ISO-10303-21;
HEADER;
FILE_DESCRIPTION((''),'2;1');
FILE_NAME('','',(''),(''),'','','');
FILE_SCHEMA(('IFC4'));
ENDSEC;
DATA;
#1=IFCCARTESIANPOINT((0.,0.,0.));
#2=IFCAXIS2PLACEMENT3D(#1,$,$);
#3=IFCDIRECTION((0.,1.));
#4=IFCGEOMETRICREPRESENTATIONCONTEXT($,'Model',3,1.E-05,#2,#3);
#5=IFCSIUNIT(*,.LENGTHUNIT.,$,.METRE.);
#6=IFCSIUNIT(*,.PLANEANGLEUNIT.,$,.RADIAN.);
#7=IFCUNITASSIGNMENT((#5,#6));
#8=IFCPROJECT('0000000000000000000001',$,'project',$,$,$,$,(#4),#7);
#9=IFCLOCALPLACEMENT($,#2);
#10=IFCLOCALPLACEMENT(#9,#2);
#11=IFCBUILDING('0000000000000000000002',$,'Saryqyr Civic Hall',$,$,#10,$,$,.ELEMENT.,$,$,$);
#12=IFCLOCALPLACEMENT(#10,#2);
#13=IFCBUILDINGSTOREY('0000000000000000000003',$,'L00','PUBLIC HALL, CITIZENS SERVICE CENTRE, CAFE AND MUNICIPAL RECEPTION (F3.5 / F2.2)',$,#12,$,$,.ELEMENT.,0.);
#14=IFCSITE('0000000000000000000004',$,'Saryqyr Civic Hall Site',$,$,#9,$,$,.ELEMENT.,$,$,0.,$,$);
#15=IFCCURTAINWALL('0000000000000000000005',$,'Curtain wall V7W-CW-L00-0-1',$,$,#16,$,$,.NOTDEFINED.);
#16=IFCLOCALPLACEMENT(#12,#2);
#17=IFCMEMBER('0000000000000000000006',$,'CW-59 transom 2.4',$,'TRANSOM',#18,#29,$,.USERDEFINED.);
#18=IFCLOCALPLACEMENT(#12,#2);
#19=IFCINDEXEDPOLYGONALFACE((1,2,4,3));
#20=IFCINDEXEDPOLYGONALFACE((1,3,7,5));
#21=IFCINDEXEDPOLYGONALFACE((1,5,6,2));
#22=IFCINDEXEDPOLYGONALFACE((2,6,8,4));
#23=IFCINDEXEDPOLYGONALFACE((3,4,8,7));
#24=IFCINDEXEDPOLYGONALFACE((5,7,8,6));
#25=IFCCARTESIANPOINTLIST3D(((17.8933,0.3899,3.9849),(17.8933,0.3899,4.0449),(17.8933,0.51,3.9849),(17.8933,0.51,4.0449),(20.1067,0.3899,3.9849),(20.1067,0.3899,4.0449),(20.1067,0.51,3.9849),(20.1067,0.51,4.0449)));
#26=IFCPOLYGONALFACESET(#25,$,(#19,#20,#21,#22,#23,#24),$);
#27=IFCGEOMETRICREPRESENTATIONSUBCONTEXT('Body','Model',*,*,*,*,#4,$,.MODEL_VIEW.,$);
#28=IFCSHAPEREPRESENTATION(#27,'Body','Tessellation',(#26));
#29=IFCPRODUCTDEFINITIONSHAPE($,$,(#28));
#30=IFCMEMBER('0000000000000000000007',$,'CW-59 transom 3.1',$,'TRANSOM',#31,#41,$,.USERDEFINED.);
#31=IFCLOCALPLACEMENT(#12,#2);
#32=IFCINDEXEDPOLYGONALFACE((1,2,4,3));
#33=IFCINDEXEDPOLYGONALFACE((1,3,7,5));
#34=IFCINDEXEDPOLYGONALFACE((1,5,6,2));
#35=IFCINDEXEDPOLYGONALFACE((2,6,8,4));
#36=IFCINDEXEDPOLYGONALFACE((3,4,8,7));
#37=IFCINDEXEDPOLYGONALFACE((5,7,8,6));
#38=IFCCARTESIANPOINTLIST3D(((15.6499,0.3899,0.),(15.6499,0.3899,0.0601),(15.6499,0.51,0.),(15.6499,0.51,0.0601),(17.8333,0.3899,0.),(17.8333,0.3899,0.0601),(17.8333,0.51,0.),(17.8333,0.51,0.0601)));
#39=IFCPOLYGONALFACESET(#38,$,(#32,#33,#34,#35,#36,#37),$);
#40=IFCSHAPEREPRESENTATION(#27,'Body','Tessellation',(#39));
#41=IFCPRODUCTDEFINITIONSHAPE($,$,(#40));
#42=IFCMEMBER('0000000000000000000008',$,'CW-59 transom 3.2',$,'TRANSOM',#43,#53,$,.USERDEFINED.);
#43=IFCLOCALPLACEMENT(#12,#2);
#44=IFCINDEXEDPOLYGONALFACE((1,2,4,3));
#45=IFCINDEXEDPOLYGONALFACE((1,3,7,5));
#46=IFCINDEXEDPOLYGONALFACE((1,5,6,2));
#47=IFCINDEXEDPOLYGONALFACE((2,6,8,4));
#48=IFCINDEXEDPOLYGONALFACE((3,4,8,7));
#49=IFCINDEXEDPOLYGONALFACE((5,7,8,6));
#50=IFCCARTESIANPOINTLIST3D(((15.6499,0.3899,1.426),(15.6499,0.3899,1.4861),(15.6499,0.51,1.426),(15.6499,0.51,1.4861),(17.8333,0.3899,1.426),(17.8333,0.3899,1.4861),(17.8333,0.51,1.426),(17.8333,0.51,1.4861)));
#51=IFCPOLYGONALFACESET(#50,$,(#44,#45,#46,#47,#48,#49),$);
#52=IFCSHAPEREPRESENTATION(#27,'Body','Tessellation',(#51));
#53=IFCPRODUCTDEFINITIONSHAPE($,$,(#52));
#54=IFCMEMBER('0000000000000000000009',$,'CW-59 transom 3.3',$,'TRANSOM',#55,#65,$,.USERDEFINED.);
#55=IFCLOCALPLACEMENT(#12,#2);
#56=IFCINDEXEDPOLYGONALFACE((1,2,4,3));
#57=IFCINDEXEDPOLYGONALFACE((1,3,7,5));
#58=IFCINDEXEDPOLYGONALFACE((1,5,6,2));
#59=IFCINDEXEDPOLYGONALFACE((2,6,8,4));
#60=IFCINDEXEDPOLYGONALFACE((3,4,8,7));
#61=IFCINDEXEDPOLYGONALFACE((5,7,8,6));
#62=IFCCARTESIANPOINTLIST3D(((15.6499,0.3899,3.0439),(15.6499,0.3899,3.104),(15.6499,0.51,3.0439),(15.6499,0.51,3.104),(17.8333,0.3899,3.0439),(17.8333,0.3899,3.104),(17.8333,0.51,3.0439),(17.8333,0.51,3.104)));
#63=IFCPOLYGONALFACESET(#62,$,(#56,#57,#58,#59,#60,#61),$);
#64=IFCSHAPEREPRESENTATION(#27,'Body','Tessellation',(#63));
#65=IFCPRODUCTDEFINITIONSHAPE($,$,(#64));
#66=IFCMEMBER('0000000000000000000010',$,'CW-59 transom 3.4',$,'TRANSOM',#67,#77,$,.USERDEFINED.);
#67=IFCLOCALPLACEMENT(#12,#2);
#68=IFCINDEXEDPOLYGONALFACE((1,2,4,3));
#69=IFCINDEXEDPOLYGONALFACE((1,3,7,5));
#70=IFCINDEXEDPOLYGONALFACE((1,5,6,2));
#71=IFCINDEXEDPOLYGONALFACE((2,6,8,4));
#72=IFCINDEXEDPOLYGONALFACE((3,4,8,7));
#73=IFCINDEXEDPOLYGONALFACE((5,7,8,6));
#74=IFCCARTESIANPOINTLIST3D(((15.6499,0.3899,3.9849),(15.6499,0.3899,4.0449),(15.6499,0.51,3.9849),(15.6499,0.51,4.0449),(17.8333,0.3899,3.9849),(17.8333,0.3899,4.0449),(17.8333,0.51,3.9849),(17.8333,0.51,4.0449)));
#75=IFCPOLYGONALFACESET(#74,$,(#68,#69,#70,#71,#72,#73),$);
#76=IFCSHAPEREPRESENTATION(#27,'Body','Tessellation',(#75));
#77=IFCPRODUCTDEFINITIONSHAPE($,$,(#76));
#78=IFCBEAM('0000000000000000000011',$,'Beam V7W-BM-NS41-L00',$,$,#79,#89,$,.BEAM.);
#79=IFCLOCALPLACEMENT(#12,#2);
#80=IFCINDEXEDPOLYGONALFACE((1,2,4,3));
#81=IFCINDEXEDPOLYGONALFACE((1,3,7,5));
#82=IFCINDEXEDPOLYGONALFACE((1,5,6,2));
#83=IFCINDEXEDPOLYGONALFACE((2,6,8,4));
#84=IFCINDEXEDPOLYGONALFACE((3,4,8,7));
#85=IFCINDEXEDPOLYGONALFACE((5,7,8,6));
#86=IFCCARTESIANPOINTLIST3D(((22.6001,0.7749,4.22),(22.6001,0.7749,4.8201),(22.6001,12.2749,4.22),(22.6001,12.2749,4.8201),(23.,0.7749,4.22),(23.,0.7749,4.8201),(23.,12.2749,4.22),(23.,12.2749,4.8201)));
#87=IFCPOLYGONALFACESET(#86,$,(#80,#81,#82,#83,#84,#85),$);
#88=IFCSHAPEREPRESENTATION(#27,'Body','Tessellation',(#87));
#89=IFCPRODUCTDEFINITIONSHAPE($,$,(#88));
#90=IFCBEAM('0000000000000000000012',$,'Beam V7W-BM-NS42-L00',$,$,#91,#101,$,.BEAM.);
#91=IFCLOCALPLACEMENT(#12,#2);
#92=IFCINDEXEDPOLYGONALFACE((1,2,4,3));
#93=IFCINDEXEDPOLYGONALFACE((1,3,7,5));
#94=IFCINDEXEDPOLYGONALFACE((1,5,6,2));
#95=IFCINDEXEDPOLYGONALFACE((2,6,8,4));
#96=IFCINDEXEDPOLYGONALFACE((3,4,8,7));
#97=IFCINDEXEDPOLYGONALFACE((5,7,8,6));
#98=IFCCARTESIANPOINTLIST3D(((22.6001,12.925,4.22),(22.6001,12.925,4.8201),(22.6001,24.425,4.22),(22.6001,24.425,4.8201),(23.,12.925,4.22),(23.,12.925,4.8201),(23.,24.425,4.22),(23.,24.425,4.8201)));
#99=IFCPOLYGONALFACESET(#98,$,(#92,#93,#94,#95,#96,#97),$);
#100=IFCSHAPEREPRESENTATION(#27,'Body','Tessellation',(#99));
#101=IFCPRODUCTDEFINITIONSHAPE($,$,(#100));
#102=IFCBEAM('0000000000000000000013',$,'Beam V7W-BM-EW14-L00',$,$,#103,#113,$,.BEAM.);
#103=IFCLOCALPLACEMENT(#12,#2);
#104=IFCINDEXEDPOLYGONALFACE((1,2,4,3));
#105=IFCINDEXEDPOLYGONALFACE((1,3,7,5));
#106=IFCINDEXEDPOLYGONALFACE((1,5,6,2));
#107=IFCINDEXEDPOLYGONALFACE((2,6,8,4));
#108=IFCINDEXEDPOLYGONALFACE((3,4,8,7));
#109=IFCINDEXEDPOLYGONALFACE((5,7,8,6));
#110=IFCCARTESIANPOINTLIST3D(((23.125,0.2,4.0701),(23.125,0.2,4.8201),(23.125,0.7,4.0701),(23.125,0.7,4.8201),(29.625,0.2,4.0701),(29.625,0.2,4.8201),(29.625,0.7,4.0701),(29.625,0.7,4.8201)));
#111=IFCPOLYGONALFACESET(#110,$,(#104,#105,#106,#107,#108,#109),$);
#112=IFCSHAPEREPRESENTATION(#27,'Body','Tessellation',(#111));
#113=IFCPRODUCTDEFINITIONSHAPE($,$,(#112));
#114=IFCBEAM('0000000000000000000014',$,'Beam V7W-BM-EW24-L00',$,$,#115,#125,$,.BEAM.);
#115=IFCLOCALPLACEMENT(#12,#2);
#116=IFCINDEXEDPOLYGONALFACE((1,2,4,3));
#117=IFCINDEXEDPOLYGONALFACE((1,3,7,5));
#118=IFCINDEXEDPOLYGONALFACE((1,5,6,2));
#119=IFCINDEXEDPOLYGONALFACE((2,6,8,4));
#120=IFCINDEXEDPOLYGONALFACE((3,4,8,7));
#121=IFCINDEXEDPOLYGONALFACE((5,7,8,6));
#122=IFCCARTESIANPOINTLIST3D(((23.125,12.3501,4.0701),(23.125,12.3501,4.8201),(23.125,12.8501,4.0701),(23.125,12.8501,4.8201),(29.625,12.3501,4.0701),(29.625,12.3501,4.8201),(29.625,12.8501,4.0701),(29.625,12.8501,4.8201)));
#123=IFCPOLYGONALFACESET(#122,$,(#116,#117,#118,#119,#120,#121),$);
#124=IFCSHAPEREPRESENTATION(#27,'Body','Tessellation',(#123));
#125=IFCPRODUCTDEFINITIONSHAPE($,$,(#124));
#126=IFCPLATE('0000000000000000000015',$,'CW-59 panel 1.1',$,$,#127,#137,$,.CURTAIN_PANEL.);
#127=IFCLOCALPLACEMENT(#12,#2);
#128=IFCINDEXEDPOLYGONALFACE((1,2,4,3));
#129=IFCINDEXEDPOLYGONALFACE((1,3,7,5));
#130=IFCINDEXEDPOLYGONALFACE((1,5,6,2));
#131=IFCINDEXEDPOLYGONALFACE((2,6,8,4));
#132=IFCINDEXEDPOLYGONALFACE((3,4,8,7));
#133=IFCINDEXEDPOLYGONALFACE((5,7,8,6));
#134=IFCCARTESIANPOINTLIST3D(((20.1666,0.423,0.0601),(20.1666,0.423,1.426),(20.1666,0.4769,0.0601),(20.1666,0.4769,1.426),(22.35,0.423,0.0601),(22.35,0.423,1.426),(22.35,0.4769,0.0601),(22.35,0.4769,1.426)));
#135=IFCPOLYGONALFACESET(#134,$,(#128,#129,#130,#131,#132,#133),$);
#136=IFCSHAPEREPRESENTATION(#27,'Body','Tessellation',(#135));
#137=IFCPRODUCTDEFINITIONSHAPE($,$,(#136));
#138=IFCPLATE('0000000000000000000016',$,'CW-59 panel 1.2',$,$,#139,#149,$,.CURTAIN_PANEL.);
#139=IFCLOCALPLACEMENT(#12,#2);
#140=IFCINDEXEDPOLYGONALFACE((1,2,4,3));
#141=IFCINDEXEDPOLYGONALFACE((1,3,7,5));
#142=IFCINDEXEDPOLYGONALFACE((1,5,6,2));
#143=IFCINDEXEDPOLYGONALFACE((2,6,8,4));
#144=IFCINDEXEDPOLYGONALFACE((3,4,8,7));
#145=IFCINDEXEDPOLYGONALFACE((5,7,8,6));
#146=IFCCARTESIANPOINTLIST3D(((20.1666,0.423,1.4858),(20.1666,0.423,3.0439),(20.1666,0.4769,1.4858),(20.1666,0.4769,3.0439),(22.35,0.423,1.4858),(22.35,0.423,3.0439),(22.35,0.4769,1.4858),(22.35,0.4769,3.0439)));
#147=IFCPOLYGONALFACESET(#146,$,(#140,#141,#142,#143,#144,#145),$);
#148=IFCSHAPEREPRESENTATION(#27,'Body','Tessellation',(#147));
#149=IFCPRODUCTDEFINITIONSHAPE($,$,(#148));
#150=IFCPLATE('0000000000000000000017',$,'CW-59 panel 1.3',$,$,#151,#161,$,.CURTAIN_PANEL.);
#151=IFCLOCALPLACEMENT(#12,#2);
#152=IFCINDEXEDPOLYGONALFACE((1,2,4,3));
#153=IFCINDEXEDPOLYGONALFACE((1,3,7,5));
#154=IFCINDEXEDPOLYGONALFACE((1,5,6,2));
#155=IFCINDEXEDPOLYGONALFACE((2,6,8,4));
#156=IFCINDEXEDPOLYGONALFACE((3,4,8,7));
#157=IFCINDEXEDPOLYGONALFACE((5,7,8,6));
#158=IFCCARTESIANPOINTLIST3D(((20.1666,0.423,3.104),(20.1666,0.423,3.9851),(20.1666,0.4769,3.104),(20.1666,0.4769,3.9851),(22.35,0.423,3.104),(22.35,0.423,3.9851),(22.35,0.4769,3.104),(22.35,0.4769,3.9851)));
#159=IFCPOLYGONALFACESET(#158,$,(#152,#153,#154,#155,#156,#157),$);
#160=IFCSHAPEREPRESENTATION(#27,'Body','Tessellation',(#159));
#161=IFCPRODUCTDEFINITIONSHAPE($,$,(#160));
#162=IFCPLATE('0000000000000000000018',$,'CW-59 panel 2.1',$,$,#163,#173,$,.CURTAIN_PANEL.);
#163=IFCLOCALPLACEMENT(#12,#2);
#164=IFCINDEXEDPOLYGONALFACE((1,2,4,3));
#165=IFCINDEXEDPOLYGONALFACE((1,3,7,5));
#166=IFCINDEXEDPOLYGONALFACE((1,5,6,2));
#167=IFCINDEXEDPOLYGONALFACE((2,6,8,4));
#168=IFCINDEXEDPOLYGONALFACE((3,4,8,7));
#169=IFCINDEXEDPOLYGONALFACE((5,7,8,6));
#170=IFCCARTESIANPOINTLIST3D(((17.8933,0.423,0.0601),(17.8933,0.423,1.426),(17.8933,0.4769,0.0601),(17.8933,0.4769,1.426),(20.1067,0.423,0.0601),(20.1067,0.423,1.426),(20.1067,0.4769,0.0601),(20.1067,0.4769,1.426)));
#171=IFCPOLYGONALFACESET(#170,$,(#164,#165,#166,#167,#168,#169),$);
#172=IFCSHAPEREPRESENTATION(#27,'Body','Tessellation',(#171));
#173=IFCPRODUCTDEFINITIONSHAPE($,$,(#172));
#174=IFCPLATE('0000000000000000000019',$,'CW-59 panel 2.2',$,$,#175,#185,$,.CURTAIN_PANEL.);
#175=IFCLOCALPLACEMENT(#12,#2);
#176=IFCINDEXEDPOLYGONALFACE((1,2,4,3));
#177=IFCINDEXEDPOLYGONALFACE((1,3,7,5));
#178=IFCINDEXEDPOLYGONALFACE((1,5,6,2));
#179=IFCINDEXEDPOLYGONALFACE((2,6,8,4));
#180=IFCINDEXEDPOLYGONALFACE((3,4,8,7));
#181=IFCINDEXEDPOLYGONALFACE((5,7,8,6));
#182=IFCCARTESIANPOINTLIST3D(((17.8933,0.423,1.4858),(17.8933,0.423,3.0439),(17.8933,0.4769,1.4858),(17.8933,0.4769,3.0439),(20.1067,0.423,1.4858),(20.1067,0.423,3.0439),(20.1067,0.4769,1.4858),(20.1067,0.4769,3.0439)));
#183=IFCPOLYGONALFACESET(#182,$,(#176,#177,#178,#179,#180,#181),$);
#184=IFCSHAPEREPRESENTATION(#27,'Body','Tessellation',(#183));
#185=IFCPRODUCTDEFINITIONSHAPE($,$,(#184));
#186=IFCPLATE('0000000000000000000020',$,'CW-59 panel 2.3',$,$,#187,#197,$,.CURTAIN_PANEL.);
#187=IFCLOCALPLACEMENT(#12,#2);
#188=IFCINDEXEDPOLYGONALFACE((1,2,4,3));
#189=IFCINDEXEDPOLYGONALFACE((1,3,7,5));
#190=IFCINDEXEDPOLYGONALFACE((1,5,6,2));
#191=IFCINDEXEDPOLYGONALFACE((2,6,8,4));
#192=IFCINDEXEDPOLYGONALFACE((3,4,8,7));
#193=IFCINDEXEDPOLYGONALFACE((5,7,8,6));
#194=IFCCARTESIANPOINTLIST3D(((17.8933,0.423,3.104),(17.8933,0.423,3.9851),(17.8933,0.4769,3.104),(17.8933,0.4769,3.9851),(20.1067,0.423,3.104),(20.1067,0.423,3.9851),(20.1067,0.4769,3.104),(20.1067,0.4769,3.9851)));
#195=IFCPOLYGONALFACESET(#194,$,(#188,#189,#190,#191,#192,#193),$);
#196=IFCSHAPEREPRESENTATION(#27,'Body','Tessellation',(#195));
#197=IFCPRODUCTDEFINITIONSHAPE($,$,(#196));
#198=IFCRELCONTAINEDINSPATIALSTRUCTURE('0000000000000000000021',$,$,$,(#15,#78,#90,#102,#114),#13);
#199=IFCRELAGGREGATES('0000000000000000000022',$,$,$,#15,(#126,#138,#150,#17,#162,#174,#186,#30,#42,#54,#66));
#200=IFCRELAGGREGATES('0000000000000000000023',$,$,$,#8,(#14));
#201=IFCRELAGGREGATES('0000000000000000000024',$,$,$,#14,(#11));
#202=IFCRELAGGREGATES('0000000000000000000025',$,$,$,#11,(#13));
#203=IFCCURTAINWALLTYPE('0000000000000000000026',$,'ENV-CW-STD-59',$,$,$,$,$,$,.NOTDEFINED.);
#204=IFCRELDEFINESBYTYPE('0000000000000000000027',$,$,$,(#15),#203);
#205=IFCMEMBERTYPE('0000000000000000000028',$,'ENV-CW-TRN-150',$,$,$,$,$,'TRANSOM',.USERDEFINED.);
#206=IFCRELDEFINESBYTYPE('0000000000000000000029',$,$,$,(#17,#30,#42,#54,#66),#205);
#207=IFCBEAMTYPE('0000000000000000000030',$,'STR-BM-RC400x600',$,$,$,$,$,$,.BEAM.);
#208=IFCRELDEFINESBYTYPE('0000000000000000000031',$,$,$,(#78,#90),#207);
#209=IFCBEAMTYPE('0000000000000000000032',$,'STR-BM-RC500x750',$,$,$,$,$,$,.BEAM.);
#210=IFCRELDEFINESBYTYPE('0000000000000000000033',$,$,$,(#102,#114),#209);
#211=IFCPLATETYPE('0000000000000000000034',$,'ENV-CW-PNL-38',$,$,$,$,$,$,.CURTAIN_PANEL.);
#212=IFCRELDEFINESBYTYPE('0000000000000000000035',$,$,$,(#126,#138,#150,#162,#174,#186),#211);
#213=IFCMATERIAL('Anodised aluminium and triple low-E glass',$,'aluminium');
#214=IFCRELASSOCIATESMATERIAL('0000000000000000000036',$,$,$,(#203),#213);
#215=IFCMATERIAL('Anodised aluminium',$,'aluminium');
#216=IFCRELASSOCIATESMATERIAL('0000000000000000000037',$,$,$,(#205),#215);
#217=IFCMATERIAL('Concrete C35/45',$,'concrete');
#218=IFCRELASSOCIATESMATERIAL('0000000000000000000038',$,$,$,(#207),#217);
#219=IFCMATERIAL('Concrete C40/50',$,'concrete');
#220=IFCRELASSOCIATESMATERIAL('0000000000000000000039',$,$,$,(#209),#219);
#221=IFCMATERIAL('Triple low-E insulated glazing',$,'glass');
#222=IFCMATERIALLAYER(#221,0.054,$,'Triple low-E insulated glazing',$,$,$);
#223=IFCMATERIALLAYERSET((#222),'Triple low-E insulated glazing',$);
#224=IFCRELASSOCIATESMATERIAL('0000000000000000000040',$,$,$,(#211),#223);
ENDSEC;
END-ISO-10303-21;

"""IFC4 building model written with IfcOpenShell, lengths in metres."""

from ifc_helpers import new_model, si_unit, direction, frame, origin, origin_2d, place, context, subcontext, project, spatial, rectangle, extrude, material, layer, layer_set, material_profile, profile_set, type_object, element, aggregate, save


model = new_model("IFC4")

# Units and contexts
model_context = context("Model", 3, precision=1e-05, world=origin(), true_north=direction((0.0, 1.0)))
body_context = subcontext(model_context, "Body", "Model", "MODEL_VIEW")
ifc_project = project(units=[si_unit("LENGTHUNIT", "METRE"), si_unit("PLANEANGLEUNIT", "RADIAN")], contexts=[model_context])

# Site, building, storey
site_placement = place(None, origin())
site = spatial("IfcSite", under=ifc_project, at=site_placement, Name="Saryqyr Civic Hall Site", CompositionType="ELEMENT", RefElevation=0.0)
building_placement = place(site_placement, origin())
building = spatial("IfcBuilding", under=site, at=building_placement, Name="Saryqyr Civic Hall", CompositionType="ELEMENT")
storey_placement = place(building_placement, origin())
storey = spatial("IfcBuildingStorey", under=building, at=storey_placement, Name="L00", Description="PUBLIC HALL, CITIZENS SERVICE CENTRE, CAFE AND MUNICIPAL RECEPTION (F3.5 / F2.2)", CompositionType="ELEMENT", Elevation=0.0)

# Shared definitions
ifc_material_1 = material(Name="Concrete C40/50", Category="concrete")

# Curtain wall, members
ifc_material_2 = material(Name="Anodised aluminium and triple low-E glass", Category="aluminium")
curtain_wall_type = type_object("IfcCurtainWallType", Name="ENV-CW-STD-59", PredefinedType="NOTDEFINED", material=ifc_material_2)
curtain_wall_placement = place(storey_placement, origin())
curtain_wall = element("IfcCurtainWall", 1, at=curtain_wall_placement, inside=storey, type_object=curtain_wall_type, Name="Curtain wall V7W-CW-L00-0-1", PredefinedType="NOTDEFINED")
ifc_material_3 = material(Name="Anodised aluminium", Category="aluminium")
ifc_material_profile_1 = material_profile(ifc_material_3, rectangle(XDim=0.1201, YDim=0.0601, at=origin_2d()), Name="ALU TRANSOM 120x60")
ifc_profile_set_1 = profile_set([ifc_material_profile_1], Name="Anodised aluminium")
member_type_1 = type_object("IfcMemberType", Name="ENV-CW-TRN-150", ElementType="TRANSOM", PredefinedType="USERDEFINED", material=ifc_profile_set_1)
member_1_placement = place(storey_placement, frame((20.1067, 0.45, 4.0149), z_axis=(-1.0, 0.0, 0.0), x_axis=(0.0, -1.0, 0.0)))
member_1 = element("IfcMember", 2, at=member_1_placement, type_object=member_type_1, Name="CW-59 transom 2.4", ObjectType="TRANSOM", PredefinedType="USERDEFINED", context=body_context, shape_type="SweptSolid", body=[
    extrude(rectangle(XDim=0.1201, YDim=0.0601, at=origin_2d()), origin(), (0.0, 0.0, 1.0), 2.2134),
])
member_2_placement = place(storey_placement, frame((17.8333, 0.45, 0.03), z_axis=(-1.0, 0.0, 0.0), x_axis=(0.0, -1.0, 0.0)))
member_2 = element("IfcMember", 3, at=member_2_placement, type_object=member_type_1, Name="CW-59 transom 3.1", ObjectType="TRANSOM", PredefinedType="USERDEFINED", context=body_context, shape_type="SweptSolid", body=[
    extrude(rectangle(XDim=0.1201, YDim=0.0601, at=origin_2d()), origin(), (0.0, 0.0, 1.0), 2.1833),
])
member_3_placement = place(storey_placement, frame((17.8333, 0.45, 1.4561), z_axis=(-1.0, 0.0, 0.0), x_axis=(0.0, -1.0, 0.0)))
member_3 = element("IfcMember", 4, at=member_3_placement, type_object=member_type_1, Name="CW-59 transom 3.2", ObjectType="TRANSOM", PredefinedType="USERDEFINED", context=body_context, shape_type="SweptSolid", body=[
    extrude(rectangle(XDim=0.1201, YDim=0.0601, at=origin_2d()), origin(), (0.0, 0.0, 1.0), 2.1833),
])
member_4_placement = place(storey_placement, frame((17.8333, 0.45, 3.074), z_axis=(-1.0, 0.0, 0.0), x_axis=(0.0, -1.0, 0.0)))
member_4 = element("IfcMember", 5, at=member_4_placement, type_object=member_type_1, Name="CW-59 transom 3.3", ObjectType="TRANSOM", PredefinedType="USERDEFINED", context=body_context, shape_type="SweptSolid", body=[
    extrude(rectangle(XDim=0.1201, YDim=0.0601, at=origin_2d()), origin(), (0.0, 0.0, 1.0), 2.1833),
])
member_5_placement = place(storey_placement, frame((17.8333, 0.45, 4.0149), z_axis=(-1.0, 0.0, 0.0), x_axis=(0.0, -1.0, 0.0)))
member_5 = element("IfcMember", 6, at=member_5_placement, type_object=member_type_1, Name="CW-59 transom 3.4", ObjectType="TRANSOM", PredefinedType="USERDEFINED", context=body_context, shape_type="SweptSolid", body=[
    extrude(rectangle(XDim=0.1201, YDim=0.0601, at=origin_2d()), origin(), (0.0, 0.0, 1.0), 2.1833),
])

# Beams
ifc_material_4 = material(Name="Concrete C35/45", Category="concrete")
ifc_material_profile_2 = material_profile(ifc_material_4, rectangle(XDim=0.3999, YDim=0.6001, at=origin_2d()), Name="RC 400x600")
ifc_profile_set_2 = profile_set([ifc_material_profile_2], Name="Concrete C35/45")
beam_type_1 = type_object("IfcBeamType", Name="STR-BM-RC400x600", PredefinedType="BEAM", material=ifc_profile_set_2)
for number, where, z_axis, x_axis, name in (
    (7, (22.8, 0.7749, 4.52), (0.0, 1.0, 0.0), (-1.0, 0.0, 0.0), "Beam V7W-BM-NS41-L00"),
    (8, (22.8, 12.925, 4.52), (0.0, 1.0, 0.0), (-1.0, 0.0, 0.0), "Beam V7W-BM-NS42-L00"),
):
    element("IfcBeam", number, at=place(storey_placement, frame(where, z_axis=z_axis, x_axis=x_axis)), inside=storey, type_object=beam_type_1, Name=name, PredefinedType="BEAM", context=body_context, shape_type="SweptSolid", body=[
        extrude(rectangle(XDim=0.3999, YDim=0.6001, at=origin_2d()), origin(), (0.0, 0.0, 1.0), 11.5),
    ])
ifc_material_profile_3 = material_profile(ifc_material_1, rectangle(XDim=0.5, YDim=0.75, at=origin_2d()), Name="RC 500x750")
ifc_profile_set_3 = profile_set([ifc_material_profile_3], Name="Concrete C40/50")
beam_type_2 = type_object("IfcBeamType", Name="STR-BM-RC500x750", PredefinedType="BEAM", material=ifc_profile_set_3)
for number, where, z_axis, x_axis, name in (
    (9, (23.125, 0.45, 4.4451), (1.0, 0.0, 0.0), (0.0, 1.0, 0.0), "Beam V7W-BM-EW14-L00"),
    (10, (23.125, 12.6001, 4.4451), (1.0, 0.0, 0.0), (0.0, 1.0, 0.0), "Beam V7W-BM-EW24-L00"),
):
    element("IfcBeam", number, at=place(storey_placement, frame(where, z_axis=z_axis, x_axis=x_axis)), inside=storey, type_object=beam_type_2, Name=name, PredefinedType="BEAM", context=body_context, shape_type="SweptSolid", body=[
        extrude(rectangle(XDim=0.5, YDim=0.75, at=origin_2d()), origin(), (0.0, 0.0, 1.0), 6.5),
    ])

# Plates
ifc_material_5 = material(Name="Triple low-E insulated glazing", Category="glass")
ifc_layer_1 = layer(ifc_material_5, 0.054, Name="Triple low-E insulated glazing")
ifc_layer_set_1 = layer_set([ifc_layer_1], Name="Triple low-E insulated glazing")
plate_type = type_object("IfcPlateType", Name="ENV-CW-PNL-38", PredefinedType="CURTAIN_PANEL", material=ifc_layer_set_1)
plate_1_placement = place(storey_placement, frame((21.2583, 0.45, 0.0601), z_axis=(0.0, 0.0, 1.0), x_axis=(-1.0, 0.0, 0.0)))
plate_1 = element("IfcPlate", 11, at=plate_1_placement, type_object=plate_type, Name="CW-59 panel 1.1", PredefinedType="CURTAIN_PANEL", context=body_context, shape_type="SweptSolid", body=[
    extrude(rectangle(XDim=2.1833, YDim=0.054, at=origin_2d()), origin(), (0.0, 0.0, 1.0), 1.366),
])
plate_2_placement = place(storey_placement, frame((21.2583, 0.45, 1.4858), z_axis=(0.0, 0.0, 1.0), x_axis=(-1.0, 0.0, 0.0)))
plate_2 = element("IfcPlate", 12, at=plate_2_placement, type_object=plate_type, Name="CW-59 panel 1.2", PredefinedType="CURTAIN_PANEL", context=body_context, shape_type="SweptSolid", body=[
    extrude(rectangle(XDim=2.1833, YDim=0.054, at=origin_2d()), origin(), (0.0, 0.0, 1.0), 1.5581),
])
plate_3_placement = place(storey_placement, frame((21.2583, 0.45, 3.104), z_axis=(0.0, 0.0, 1.0), x_axis=(-1.0, 0.0, 0.0)))
plate_3 = element("IfcPlate", 13, at=plate_3_placement, type_object=plate_type, Name="CW-59 panel 1.3", PredefinedType="CURTAIN_PANEL", context=body_context, shape_type="SweptSolid", body=[
    extrude(rectangle(XDim=2.1833, YDim=0.054, at=origin_2d()), origin(), (0.0, 0.0, 1.0), 0.8811),
])
plate_4_placement = place(storey_placement, frame((19.0, 0.45, 0.0601), z_axis=(0.0, 0.0, 1.0), x_axis=(-1.0, 0.0, 0.0)))
plate_4 = element("IfcPlate", 14, at=plate_4_placement, type_object=plate_type, Name="CW-59 panel 2.1", PredefinedType="CURTAIN_PANEL", context=body_context, shape_type="SweptSolid", body=[
    extrude(rectangle(XDim=2.2134, YDim=0.054, at=origin_2d()), origin(), (0.0, 0.0, 1.0), 1.366),
])
plate_5_placement = place(storey_placement, frame((19.0, 0.45, 1.4858), z_axis=(0.0, 0.0, 1.0), x_axis=(-1.0, 0.0, 0.0)))
plate_5 = element("IfcPlate", 15, at=plate_5_placement, type_object=plate_type, Name="CW-59 panel 2.2", PredefinedType="CURTAIN_PANEL", context=body_context, shape_type="SweptSolid", body=[
    extrude(rectangle(XDim=2.2134, YDim=0.054, at=origin_2d()), origin(), (0.0, 0.0, 1.0), 1.5581),
])
plate_6_placement = place(storey_placement, frame((19.0, 0.45, 3.104), z_axis=(0.0, 0.0, 1.0), x_axis=(-1.0, 0.0, 0.0)))
plate_6 = element("IfcPlate", 16, at=plate_6_placement, type_object=plate_type, Name="CW-59 panel 2.3", PredefinedType="CURTAIN_PANEL", context=body_context, shape_type="SweptSolid", body=[
    extrude(rectangle(XDim=2.2134, YDim=0.054, at=origin_2d()), origin(), (0.0, 0.0, 1.0), 0.8811),
])
aggregate(curtain_wall, [plate_1, plate_2, plate_3, member_1, plate_4, plate_5, plate_6, member_2, member_3, member_4, member_5])

save(model, "model.ifc")
